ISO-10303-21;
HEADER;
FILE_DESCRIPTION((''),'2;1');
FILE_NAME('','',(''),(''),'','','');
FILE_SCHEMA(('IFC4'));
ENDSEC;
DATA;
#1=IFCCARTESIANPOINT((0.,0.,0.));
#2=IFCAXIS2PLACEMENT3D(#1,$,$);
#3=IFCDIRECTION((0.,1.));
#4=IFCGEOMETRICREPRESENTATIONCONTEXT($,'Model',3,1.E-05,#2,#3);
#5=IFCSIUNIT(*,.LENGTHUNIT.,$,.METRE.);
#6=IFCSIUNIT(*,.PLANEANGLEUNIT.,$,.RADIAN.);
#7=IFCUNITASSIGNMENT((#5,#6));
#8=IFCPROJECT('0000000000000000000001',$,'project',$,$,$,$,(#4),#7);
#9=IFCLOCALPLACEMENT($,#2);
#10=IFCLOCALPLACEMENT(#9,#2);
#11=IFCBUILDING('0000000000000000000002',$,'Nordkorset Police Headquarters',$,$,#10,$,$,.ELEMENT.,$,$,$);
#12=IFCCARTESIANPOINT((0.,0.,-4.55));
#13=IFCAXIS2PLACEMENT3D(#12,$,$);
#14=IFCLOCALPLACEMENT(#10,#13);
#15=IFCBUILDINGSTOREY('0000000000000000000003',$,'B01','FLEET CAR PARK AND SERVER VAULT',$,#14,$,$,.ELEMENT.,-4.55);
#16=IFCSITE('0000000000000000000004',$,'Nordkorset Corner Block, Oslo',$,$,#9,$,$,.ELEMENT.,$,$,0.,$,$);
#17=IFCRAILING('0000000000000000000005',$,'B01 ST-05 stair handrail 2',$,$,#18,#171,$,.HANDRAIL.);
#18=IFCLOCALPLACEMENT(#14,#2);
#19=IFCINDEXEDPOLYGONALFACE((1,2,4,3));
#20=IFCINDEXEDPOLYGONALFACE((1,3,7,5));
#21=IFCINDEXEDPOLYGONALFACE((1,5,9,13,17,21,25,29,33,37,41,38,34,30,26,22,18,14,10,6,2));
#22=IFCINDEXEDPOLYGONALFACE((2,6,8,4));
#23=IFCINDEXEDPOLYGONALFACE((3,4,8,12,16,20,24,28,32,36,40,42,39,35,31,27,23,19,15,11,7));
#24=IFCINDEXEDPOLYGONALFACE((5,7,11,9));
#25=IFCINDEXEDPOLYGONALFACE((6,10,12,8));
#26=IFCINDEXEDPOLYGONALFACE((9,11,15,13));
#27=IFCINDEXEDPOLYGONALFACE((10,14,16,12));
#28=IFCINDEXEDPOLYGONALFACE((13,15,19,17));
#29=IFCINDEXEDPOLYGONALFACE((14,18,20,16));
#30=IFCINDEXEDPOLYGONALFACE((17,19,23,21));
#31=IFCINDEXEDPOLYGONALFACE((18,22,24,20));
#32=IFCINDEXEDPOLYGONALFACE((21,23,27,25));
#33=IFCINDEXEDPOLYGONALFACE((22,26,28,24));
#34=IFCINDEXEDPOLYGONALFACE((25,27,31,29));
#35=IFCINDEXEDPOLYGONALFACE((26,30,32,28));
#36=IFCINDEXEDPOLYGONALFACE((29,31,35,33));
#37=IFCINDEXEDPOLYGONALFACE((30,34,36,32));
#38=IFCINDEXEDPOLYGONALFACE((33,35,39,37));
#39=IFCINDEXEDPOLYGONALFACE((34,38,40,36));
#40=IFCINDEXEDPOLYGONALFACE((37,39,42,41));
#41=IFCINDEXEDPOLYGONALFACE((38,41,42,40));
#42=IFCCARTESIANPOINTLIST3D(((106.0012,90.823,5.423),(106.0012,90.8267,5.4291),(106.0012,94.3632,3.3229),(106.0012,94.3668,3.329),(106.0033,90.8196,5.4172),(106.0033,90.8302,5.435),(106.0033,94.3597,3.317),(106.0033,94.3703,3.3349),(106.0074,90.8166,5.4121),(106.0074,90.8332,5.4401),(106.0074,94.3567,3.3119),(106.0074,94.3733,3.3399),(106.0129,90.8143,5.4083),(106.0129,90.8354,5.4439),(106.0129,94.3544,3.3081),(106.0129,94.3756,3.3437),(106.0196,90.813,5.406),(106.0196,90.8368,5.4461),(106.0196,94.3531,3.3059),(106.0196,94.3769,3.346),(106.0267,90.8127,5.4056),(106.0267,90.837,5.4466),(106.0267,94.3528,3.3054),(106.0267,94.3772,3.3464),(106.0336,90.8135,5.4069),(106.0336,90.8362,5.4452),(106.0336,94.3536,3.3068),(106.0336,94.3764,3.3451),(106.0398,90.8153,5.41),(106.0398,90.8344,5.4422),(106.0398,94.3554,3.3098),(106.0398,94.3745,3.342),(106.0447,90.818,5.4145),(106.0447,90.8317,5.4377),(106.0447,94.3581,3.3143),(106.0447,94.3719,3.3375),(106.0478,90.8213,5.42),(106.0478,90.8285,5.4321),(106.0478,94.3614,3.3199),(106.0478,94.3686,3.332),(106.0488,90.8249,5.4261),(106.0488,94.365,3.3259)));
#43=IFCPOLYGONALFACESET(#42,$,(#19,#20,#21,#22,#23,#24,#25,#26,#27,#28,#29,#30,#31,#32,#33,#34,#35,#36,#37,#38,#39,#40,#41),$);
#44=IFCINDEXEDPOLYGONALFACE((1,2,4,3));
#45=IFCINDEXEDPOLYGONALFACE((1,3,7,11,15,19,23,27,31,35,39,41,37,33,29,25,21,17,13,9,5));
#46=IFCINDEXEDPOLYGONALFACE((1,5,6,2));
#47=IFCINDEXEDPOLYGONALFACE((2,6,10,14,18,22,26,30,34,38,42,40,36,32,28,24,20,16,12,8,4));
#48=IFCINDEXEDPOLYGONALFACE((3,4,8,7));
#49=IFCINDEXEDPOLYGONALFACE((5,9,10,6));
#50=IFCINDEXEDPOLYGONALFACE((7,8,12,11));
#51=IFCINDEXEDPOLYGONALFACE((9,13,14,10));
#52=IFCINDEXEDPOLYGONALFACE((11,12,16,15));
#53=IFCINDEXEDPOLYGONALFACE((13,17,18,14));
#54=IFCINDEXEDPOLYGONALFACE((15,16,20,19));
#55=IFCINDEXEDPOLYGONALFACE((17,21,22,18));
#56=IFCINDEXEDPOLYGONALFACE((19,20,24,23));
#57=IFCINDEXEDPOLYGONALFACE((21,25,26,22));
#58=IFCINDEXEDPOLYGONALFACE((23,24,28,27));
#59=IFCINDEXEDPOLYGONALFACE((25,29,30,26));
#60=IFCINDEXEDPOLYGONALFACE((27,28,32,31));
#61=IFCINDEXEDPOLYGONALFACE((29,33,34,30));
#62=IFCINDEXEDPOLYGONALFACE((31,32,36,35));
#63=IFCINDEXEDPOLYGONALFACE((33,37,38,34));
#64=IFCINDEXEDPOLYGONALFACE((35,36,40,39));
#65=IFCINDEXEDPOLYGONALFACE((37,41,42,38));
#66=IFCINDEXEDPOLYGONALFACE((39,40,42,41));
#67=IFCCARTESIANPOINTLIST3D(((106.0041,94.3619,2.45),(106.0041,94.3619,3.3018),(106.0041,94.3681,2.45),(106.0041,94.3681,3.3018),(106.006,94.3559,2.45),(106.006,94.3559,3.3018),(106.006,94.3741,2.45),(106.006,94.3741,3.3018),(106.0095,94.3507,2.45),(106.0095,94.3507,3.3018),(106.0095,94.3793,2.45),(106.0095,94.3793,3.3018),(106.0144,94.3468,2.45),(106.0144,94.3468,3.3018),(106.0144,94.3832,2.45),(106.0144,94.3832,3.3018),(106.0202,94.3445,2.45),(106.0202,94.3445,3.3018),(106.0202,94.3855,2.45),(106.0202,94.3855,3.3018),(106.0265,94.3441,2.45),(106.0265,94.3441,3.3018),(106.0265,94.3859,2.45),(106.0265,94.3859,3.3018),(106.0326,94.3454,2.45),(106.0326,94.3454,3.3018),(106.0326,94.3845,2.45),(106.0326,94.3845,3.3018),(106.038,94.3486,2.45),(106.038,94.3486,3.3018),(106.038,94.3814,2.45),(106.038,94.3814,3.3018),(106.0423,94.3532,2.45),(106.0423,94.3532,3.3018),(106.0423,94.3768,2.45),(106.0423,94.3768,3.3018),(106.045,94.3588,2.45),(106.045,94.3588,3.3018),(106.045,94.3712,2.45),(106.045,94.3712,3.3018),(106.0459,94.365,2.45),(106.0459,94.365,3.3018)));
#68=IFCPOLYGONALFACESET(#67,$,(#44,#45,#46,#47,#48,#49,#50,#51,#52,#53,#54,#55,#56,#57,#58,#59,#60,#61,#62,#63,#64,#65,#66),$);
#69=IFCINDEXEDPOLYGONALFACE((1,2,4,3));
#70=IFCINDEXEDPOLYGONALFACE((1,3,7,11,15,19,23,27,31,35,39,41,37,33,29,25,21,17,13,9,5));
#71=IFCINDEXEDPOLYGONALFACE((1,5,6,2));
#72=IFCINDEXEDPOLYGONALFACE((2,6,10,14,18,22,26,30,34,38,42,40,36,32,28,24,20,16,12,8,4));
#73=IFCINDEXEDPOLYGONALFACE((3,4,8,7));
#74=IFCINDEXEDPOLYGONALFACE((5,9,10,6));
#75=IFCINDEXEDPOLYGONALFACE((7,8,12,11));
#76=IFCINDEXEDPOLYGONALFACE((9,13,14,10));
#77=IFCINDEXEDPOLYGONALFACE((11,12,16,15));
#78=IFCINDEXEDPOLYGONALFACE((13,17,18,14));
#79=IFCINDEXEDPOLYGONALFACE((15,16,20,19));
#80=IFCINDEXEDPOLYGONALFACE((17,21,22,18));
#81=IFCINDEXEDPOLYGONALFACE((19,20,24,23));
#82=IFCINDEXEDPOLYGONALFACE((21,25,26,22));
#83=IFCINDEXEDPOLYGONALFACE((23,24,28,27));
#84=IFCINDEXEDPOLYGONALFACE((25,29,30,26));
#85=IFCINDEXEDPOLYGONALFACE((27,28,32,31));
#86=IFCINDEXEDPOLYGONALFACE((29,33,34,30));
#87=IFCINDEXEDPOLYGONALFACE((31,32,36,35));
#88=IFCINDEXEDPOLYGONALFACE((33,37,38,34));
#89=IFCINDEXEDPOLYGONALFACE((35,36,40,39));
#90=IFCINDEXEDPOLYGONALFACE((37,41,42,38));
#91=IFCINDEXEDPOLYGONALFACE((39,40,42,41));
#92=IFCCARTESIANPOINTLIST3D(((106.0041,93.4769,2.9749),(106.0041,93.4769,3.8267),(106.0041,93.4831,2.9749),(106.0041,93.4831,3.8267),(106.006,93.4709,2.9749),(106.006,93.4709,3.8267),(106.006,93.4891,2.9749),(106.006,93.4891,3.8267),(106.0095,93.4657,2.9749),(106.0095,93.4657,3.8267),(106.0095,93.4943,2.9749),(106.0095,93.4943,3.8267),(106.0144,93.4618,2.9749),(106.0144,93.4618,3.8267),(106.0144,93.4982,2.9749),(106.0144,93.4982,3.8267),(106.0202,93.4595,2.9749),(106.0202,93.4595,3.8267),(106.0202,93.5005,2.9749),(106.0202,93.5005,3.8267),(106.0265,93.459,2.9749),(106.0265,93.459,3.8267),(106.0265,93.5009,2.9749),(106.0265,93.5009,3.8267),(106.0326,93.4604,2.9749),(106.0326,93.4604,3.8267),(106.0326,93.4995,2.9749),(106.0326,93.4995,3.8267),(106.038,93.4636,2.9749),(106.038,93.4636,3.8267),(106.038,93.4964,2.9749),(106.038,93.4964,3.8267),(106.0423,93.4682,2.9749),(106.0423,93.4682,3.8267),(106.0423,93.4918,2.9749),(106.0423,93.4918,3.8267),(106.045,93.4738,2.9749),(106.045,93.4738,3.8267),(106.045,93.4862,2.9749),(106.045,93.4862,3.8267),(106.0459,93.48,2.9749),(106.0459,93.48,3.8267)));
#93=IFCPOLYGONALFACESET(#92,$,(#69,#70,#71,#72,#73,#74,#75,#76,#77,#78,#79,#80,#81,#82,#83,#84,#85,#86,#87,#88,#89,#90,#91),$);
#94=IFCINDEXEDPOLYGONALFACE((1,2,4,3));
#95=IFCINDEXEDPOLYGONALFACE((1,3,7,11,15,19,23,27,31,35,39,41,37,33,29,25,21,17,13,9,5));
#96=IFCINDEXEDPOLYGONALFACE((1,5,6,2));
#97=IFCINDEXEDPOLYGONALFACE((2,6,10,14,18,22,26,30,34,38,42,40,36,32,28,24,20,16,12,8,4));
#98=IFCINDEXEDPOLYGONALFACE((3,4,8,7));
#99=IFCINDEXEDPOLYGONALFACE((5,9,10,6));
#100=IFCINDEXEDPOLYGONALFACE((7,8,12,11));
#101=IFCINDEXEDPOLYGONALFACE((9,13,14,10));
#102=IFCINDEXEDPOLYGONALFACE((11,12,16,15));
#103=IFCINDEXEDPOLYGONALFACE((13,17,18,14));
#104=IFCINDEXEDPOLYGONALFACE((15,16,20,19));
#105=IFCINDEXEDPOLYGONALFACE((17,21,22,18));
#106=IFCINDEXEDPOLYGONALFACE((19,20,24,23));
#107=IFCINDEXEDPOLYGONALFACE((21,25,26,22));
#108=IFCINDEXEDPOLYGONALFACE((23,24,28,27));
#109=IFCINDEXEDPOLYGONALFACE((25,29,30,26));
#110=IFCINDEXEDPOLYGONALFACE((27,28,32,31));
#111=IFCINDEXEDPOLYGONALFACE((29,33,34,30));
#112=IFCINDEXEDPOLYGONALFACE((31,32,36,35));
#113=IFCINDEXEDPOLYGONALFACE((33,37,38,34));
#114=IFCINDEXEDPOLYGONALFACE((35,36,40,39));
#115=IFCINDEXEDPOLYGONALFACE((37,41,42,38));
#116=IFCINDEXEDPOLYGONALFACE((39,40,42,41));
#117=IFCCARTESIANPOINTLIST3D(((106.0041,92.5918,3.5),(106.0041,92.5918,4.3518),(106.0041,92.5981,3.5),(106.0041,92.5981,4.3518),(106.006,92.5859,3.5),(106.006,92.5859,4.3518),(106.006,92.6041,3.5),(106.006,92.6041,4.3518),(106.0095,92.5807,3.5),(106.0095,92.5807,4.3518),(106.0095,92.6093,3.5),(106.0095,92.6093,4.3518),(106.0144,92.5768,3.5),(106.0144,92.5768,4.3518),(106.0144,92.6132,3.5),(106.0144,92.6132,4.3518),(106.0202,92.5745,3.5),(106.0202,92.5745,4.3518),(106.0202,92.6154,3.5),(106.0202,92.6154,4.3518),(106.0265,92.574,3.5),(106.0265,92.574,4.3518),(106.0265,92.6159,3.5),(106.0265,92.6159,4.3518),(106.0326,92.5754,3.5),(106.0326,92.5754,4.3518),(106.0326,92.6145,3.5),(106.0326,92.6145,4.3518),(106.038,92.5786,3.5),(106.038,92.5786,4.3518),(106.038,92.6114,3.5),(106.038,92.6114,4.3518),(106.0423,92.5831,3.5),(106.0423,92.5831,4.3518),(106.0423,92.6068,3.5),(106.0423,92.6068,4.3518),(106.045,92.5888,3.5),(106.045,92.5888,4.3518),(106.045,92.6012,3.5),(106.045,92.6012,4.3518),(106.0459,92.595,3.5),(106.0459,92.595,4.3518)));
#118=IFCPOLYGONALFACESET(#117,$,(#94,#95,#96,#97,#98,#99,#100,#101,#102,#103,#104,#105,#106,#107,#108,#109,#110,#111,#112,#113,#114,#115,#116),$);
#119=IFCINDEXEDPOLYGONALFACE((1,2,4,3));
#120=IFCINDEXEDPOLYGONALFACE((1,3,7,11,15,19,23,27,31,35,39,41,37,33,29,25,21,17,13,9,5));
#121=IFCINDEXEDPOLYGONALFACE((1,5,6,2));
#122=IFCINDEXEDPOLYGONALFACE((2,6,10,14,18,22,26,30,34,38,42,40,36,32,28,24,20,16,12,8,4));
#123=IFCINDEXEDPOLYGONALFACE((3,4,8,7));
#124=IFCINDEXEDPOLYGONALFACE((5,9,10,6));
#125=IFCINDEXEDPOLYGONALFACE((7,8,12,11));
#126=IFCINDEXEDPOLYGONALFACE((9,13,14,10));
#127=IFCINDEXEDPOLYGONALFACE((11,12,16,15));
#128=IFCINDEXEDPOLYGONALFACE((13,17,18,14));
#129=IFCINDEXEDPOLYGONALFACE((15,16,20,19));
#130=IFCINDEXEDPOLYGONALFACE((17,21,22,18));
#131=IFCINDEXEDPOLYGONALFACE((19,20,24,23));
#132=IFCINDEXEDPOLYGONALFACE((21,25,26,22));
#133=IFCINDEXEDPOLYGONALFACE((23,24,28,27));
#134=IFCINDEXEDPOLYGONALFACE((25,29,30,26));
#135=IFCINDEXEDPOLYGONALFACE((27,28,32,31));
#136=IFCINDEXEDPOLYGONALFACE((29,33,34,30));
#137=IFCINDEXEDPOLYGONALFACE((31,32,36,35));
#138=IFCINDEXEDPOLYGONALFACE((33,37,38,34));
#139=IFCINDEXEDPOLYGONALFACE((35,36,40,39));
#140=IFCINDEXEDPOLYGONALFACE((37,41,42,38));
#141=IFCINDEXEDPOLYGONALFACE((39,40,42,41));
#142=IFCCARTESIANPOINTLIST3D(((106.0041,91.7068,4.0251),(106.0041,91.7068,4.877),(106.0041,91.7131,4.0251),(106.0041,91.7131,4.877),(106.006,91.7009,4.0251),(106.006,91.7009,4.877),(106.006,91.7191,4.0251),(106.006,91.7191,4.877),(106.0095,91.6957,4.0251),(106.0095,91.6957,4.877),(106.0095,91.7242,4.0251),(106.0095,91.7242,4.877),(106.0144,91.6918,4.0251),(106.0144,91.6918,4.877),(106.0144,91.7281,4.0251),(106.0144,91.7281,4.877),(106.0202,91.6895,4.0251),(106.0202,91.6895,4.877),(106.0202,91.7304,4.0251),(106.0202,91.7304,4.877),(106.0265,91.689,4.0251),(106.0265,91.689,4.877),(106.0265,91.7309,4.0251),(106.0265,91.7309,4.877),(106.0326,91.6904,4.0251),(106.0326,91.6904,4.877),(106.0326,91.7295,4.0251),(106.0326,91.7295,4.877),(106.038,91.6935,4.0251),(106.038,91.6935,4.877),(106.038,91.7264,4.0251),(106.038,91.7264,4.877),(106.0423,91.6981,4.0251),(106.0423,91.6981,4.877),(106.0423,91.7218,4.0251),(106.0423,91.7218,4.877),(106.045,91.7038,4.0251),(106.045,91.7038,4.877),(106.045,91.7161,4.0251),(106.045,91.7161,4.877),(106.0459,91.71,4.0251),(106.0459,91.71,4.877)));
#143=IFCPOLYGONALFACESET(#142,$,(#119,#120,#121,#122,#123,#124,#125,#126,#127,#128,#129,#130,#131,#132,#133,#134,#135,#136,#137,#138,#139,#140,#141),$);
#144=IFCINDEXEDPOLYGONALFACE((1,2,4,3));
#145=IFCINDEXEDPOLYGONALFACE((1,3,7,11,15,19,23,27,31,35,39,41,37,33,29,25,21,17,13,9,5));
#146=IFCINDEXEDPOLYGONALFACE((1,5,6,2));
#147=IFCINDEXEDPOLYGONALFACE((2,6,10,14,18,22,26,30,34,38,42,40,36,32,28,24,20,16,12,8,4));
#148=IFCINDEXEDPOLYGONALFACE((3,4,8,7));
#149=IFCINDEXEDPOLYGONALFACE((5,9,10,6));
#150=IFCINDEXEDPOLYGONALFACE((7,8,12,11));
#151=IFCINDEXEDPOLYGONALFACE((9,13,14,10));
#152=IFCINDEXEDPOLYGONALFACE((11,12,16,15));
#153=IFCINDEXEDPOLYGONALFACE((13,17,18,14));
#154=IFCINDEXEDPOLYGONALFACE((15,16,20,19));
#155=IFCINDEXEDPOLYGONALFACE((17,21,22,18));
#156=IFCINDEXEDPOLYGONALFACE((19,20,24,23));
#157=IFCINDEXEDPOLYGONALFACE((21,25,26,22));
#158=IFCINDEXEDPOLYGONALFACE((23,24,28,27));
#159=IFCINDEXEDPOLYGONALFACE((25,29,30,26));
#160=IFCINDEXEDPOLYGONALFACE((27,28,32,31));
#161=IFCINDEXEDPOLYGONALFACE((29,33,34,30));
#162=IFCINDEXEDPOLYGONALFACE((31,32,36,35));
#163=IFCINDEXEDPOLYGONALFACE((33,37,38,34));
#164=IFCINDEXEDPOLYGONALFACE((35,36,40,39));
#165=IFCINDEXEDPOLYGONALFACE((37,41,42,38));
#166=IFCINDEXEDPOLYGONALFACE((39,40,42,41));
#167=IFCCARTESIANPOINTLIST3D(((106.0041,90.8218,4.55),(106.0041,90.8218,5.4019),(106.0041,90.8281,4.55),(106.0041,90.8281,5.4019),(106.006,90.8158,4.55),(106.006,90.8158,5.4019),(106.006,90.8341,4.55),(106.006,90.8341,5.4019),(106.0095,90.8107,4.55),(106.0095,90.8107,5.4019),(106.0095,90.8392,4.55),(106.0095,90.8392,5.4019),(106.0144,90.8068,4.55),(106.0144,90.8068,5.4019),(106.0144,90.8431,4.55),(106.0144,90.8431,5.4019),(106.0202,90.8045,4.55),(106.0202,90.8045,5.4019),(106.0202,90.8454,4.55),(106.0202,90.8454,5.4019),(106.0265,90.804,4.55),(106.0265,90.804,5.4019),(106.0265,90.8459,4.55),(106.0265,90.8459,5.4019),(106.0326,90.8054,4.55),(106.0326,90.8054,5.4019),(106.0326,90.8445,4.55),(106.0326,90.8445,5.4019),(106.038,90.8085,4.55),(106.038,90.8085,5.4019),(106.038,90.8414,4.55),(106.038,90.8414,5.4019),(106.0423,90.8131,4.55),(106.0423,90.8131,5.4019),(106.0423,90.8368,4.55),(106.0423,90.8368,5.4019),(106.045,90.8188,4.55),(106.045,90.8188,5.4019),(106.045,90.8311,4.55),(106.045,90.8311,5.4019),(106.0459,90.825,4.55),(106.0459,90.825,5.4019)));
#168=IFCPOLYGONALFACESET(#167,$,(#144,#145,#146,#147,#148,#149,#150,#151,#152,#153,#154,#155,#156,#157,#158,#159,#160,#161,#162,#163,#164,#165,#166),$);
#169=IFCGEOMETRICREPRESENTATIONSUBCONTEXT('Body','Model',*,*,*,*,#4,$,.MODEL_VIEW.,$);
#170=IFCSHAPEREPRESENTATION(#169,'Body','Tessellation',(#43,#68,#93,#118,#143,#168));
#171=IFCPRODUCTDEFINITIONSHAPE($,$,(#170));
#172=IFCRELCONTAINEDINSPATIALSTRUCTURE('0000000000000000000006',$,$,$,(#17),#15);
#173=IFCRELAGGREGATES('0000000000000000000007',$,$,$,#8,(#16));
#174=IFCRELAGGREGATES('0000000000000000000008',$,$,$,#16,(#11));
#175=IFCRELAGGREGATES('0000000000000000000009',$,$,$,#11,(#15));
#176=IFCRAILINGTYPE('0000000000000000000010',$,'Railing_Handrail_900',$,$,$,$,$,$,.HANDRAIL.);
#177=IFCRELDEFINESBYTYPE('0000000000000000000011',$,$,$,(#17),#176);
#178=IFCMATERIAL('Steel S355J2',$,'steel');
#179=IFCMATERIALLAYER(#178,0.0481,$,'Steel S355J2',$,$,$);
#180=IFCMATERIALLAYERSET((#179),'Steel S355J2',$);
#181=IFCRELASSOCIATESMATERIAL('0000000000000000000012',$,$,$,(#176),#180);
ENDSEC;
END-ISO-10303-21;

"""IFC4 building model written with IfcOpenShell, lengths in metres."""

from ifc_helpers import new_model, si_unit, direction, frame, origin, origin_2d, place, context, subcontext, project, spatial, circle, extrude, material, layer, layer_set, type_object, element, save


model = new_model("IFC4")

# Units and contexts
model_context = context("Model", 3, precision=1e-05, world=origin(), true_north=direction((0.0, 1.0)))
body_context = subcontext(model_context, "Body", "Model", "MODEL_VIEW")
ifc_project = project(units=[si_unit("LENGTHUNIT", "METRE"), si_unit("PLANEANGLEUNIT", "RADIAN")], contexts=[model_context])

# Site, building, storey
site_placement = place(None, origin())
site = spatial("IfcSite", under=ifc_project, at=site_placement, Name="Nordkorset Corner Block, Oslo", CompositionType="ELEMENT", RefElevation=0.0)
building_placement = place(site_placement, origin())
building = spatial("IfcBuilding", under=site, at=building_placement, Name="Nordkorset Police Headquarters", CompositionType="ELEMENT")
storey_placement = place(building_placement, frame((0.0, 0.0, -4.55)))
storey = spatial("IfcBuildingStorey", under=building, at=storey_placement, Name="B01", Description="FLEET CAR PARK AND SERVER VAULT", CompositionType="ELEMENT", Elevation=-4.55)

# Railing
ifc_material_1 = material(Name="Steel S355J2", Category="steel")
ifc_layer_1 = layer(ifc_material_1, 0.0481, Name="Steel S355J2")
ifc_layer_set_1 = layer_set([ifc_layer_1], Name="Steel S355J2")
railing_type_1 = type_object("IfcRailingType", Name="Railing_Handrail_900", PredefinedType="HANDRAIL", material=ifc_layer_set_1)
railing_1_placement = place(storey_placement, frame((106.0249, 94.365, 2.45)))
element("IfcRailing", 1, at=railing_1_placement, inside=storey, type_object=railing_type_1, Name="B01 ST-05 stair handrail 2", PredefinedType="HANDRAIL", context=body_context, shape_type="SweptSolid", body=[
    extrude(circle(Radius=0.0239, at=origin_2d()), frame((0.0, 0.0, 0.876), z_axis=(0.0, -0.860047, 0.510215), x_axis=(1.0, 0.0, 0.0)), (0.0, 0.0, 1.0), 4.1162),
    extrude(circle(Radius=0.021, at=origin_2d()), origin(), (0.0, 0.0, 1.0), 0.8518),
    extrude(circle(Radius=0.021, at=origin_2d()), frame((0.0, -0.885, 0.5249)), (0.0, 0.0, 1.0), 0.8518),
    extrude(circle(Radius=0.021, at=origin_2d()), frame((0.0, -1.77, 1.05)), (0.0, 0.0, 1.0), 0.8518),
    extrude(circle(Radius=0.021, at=origin_2d()), frame((0.0, -2.655, 1.5752)), (0.0, 0.0, 1.0), 0.8518),
    extrude(circle(Radius=0.021, at=origin_2d()), frame((0.0, -3.54, 2.1001)), (0.0, 0.0, 1.0), 0.8518),
])

save(model, "model.ifc")
